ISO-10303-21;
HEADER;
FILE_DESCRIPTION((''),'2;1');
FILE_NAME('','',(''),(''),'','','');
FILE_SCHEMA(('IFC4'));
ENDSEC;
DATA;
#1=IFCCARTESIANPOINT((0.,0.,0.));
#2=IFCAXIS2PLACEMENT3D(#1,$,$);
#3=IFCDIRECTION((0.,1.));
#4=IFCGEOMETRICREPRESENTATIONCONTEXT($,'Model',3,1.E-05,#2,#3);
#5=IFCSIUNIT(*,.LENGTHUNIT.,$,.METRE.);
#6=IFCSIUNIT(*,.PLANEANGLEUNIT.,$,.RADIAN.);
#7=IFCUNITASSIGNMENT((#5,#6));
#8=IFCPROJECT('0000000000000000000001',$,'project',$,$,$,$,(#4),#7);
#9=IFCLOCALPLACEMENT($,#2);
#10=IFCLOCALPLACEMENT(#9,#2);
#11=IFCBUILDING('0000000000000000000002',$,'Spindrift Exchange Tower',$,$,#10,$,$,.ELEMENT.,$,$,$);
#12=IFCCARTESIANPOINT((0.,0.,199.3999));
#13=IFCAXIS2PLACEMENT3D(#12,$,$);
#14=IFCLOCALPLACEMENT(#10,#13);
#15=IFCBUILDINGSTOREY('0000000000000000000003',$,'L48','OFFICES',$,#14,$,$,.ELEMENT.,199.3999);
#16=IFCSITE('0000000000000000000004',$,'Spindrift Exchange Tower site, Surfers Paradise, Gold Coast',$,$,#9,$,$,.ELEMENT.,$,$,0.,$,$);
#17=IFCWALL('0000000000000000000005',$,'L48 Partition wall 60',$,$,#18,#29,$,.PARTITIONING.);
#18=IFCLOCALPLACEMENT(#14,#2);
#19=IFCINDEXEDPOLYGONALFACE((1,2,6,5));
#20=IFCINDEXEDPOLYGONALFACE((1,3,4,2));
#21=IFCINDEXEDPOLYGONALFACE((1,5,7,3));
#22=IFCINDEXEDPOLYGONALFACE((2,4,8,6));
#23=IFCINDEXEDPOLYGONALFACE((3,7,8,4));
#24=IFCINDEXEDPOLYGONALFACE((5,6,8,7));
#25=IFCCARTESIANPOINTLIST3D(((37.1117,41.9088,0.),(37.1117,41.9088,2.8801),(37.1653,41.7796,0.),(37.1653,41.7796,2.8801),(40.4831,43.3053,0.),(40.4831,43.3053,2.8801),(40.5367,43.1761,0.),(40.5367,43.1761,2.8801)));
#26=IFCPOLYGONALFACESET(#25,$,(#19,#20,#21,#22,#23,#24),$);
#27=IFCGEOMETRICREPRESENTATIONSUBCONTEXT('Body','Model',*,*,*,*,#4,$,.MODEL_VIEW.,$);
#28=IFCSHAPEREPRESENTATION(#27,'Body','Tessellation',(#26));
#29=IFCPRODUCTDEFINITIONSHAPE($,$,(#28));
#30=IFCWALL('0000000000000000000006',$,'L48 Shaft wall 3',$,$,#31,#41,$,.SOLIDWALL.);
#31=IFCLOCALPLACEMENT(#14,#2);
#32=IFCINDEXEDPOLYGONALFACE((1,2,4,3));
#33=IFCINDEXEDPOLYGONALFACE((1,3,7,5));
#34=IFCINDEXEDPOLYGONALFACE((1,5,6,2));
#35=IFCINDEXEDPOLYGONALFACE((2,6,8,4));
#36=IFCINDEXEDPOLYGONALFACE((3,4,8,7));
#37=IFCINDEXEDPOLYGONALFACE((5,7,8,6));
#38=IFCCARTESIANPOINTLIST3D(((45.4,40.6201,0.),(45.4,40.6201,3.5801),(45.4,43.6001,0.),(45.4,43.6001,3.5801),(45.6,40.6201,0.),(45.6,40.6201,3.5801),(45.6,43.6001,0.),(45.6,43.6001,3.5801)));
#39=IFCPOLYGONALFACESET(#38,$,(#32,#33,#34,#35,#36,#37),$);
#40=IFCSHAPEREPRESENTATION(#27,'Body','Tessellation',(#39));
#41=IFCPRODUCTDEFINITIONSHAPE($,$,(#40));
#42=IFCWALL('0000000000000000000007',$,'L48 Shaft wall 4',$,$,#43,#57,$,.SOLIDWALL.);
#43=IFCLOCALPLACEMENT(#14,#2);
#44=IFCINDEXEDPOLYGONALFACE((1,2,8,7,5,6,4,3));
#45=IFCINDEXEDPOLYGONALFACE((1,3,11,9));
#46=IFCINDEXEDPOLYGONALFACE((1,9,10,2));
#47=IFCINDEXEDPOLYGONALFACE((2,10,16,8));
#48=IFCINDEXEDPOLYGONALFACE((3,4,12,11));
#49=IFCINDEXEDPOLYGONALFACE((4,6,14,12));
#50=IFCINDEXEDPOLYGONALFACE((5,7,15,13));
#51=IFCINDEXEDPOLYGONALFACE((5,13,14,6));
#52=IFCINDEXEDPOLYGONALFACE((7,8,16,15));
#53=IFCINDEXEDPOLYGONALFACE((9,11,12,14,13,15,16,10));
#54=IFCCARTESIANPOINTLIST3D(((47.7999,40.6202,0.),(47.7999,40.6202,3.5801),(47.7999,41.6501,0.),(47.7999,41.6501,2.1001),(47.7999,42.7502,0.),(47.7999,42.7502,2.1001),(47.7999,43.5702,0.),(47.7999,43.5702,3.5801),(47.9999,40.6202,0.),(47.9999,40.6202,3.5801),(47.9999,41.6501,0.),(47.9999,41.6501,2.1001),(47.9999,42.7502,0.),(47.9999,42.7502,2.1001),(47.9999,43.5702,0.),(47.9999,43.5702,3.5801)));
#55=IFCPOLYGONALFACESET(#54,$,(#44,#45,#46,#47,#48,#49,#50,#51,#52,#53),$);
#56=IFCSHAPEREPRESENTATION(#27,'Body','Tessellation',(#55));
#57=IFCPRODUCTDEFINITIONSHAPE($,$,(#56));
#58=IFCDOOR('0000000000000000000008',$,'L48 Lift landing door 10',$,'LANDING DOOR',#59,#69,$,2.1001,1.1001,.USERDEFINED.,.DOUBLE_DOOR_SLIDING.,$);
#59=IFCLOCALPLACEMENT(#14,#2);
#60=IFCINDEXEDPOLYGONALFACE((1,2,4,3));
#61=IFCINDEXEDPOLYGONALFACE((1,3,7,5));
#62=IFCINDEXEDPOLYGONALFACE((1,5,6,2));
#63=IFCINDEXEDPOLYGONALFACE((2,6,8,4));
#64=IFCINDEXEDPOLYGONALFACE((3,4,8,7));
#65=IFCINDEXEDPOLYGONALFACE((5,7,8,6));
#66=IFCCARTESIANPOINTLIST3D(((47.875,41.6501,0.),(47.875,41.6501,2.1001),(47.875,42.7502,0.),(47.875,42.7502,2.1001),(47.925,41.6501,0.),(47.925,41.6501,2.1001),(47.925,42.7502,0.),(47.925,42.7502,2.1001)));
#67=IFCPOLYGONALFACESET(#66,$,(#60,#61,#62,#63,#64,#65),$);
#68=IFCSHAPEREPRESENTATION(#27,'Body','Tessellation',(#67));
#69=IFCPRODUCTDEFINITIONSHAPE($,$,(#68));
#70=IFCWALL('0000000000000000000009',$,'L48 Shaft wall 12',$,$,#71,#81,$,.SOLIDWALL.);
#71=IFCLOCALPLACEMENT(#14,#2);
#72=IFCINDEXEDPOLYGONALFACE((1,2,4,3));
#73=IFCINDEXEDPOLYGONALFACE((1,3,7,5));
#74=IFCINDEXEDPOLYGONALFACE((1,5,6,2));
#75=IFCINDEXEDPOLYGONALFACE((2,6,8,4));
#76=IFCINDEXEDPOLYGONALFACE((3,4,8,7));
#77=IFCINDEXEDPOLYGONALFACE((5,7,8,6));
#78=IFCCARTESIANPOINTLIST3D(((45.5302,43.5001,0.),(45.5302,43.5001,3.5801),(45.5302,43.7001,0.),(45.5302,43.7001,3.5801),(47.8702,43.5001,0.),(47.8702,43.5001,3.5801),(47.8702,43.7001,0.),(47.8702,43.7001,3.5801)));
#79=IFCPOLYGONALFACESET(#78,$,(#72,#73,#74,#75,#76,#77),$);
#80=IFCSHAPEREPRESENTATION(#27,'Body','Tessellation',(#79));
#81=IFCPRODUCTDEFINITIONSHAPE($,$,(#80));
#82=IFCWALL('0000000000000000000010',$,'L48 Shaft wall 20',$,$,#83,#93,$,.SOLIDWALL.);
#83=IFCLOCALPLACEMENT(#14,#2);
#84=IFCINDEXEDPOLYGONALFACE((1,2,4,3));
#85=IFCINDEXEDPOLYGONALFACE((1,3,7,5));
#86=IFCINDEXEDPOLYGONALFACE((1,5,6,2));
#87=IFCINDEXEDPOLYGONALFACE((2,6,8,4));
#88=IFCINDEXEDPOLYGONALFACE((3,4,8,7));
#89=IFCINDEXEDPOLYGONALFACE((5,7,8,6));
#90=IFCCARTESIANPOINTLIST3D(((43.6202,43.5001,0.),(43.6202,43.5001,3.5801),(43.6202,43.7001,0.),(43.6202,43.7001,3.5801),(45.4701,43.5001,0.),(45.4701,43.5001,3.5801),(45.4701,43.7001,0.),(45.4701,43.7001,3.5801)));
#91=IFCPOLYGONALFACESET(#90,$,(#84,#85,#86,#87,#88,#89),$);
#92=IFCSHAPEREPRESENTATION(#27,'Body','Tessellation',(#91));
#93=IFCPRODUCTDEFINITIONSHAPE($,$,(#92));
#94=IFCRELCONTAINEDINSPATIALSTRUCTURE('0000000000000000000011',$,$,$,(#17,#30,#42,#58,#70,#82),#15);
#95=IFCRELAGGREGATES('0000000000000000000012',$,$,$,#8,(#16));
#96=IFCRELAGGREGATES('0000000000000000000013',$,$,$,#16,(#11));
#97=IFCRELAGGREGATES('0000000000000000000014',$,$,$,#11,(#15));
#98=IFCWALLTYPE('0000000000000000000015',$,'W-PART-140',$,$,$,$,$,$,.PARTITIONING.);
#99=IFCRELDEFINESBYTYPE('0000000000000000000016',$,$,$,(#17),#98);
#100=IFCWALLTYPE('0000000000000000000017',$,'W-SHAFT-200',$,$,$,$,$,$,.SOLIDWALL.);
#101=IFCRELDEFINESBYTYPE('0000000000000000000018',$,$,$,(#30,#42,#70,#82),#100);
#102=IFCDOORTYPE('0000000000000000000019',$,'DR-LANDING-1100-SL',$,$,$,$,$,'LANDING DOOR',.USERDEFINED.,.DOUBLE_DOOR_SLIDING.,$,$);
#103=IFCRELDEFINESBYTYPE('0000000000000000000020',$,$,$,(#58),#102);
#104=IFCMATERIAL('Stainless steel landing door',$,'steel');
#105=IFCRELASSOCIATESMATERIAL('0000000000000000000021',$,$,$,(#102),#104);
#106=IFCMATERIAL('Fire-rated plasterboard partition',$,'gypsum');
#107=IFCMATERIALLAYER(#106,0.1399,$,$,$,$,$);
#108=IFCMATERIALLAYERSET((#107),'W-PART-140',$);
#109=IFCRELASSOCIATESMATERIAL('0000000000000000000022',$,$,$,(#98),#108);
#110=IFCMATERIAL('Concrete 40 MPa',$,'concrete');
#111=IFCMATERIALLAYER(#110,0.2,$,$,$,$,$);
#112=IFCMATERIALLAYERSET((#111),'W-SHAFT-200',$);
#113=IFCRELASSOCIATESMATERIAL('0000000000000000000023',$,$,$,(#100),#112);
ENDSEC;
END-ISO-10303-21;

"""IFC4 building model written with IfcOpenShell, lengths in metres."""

from ifc_helpers import new_model, si_unit, direction, frame, frame_2d, origin, place, context, subcontext, project, spatial, rectangle, extrude, source, transform, mapped, material, layer, layer_set, type_object, element, fill, save


model = new_model("IFC4")

# Units and contexts
model_context = context("Model", 3, precision=1e-05, world=origin(), true_north=direction((0.0, 1.0)))
body_context = subcontext(model_context, "Body", "Model", "MODEL_VIEW")
ifc_project = project(units=[si_unit("LENGTHUNIT", "METRE"), si_unit("PLANEANGLEUNIT", "RADIAN")], contexts=[model_context])

# Site, building, storey
site_placement = place(None, origin())
site = spatial("IfcSite", under=ifc_project, at=site_placement, Name="Spindrift Exchange Tower site, Surfers Paradise, Gold Coast", CompositionType="ELEMENT", RefElevation=0.0)
building_placement = place(site_placement, origin())
building = spatial("IfcBuilding", under=site, at=building_placement, Name="Spindrift Exchange Tower", CompositionType="ELEMENT")
storey_placement = place(building_placement, frame((0.0, 0.0, 199.3999)))
storey = spatial("IfcBuildingStorey", under=building, at=storey_placement, Name="L48", Description="OFFICES", CompositionType="ELEMENT", Elevation=199.3999)

# Shared definitions
ifc_material_1 = material(Name="Stainless steel landing door", Category="steel")
door_type_1 = type_object("IfcDoorType", Name="DR-LANDING-1100-SL", ElementType="LANDING DOOR", OperationType="DOUBLE_DOOR_SLIDING", PredefinedType="USERDEFINED", material=ifc_material_1)
shared_shape_1 = source(origin(), body_context, "Body", "SweptSolid", [
    extrude(rectangle(XDim=1.1001, YDim=2.1001, at=frame_2d((0.55, 1.05))), frame((0.0, 0.0249, 0.0), z_axis=(0.0, -1.0, 0.0), x_axis=(1.0, 0.0, 0.0)), (0.0, 0.0, 1.0), 0.05),
])

# Walls
ifc_material_2 = material(Name="Fire-rated plasterboard partition", Category="gypsum")
ifc_layer_1 = layer(ifc_material_2, 0.1399)
ifc_layer_set_1 = layer_set([ifc_layer_1], Name="W-PART-140")
wall_type_1 = type_object("IfcWallType", Name="W-PART-140", PredefinedType="PARTITIONING", material=ifc_layer_set_1)
wall_1_placement = place(storey_placement, frame((40.51, 43.2407, 0.0), z_axis=(0.0, 0.0, 1.0), x_axis=(-0.923877, -0.382691, 0.0)))
element("IfcWall", 1, at=wall_1_placement, inside=storey, type_object=wall_type_1, Name="L48 Partition wall 60", PredefinedType="PARTITIONING", context=body_context, shape_type="SweptSolid", body=[
    extrude(rectangle(XDim=3.6492, YDim=0.1399, at=frame_2d((1.8247, 0.0))), origin(), (0.0, 0.0, 1.0), 2.8801),
])
ifc_material_3 = material(Name="Concrete 40 MPa", Category="concrete")
ifc_layer_2 = layer(ifc_material_3, 0.2)
ifc_layer_set_2 = layer_set([ifc_layer_2], Name="W-SHAFT-200")
wall_type_2 = type_object("IfcWallType", Name="W-SHAFT-200", PredefinedType="SOLIDWALL", material=ifc_layer_set_2)
wall_2_placement = place(storey_placement, frame((45.5, 43.6001, 0.0), z_axis=(0.0, 0.0, 1.0), x_axis=(0.0, -1.0, 0.0)))
element("IfcWall", 2, at=wall_2_placement, inside=storey, type_object=wall_type_2, Name="L48 Shaft wall 3", PredefinedType="SOLIDWALL", context=body_context, shape_type="SweptSolid", body=[
    extrude(rectangle(XDim=2.98, YDim=0.2, at=frame_2d((1.49, 0.0))), origin(), (0.0, 0.0, 1.0), 3.5801),
])

# Wall, opening, door
wall_3_placement = place(storey_placement, frame((47.8999, 40.6201, 0.0), z_axis=(0.0, 0.0, 1.0), x_axis=(0.0, 1.0, 0.0)))
wall_3 = element("IfcWall", 3, at=wall_3_placement, inside=storey, type_object=wall_type_2, Name="L48 Shaft wall 4", PredefinedType="SOLIDWALL", context=body_context, shape_type="SweptSolid", body=[
    extrude(rectangle(XDim=2.95, YDim=0.2, at=frame_2d((1.4751, 0.0))), origin(), (0.0, 0.0, 1.0), 3.5801),
])
opening_1_placement = place(wall_3_placement, frame((1.03, 0.0, 0.0)))
opening_1 = element("IfcOpeningElement", 4, at=opening_1_placement, cuts=wall_3, PredefinedType="OPENING", context=body_context, shape_type="SweptSolid", body=[
    extrude(rectangle(XDim=1.1001, YDim=2.1001, at=frame_2d((0.55, 1.05))), frame((0.0, 0.1099, 0.0), z_axis=(0.0, -1.0, 0.0), x_axis=(1.0, 0.0, 0.0)), (0.0, 0.0, 1.0), 0.22),
])
door_1_placement = place(opening_1_placement, origin())
door_1 = element("IfcDoor", 5, at=door_1_placement, inside=storey, type_object=door_type_1, Name="L48 Lift landing door 10", ObjectType="LANDING DOOR", OperationType="DOUBLE_DOOR_SLIDING", OverallHeight=2.1001, OverallWidth=1.1001, PredefinedType="USERDEFINED", context=body_context, shape_type="MappedRepresentation", body=[
    mapped(shared_shape_1, transform((0.0, 0.0, 0.0), scale=1.0)),
])
fill(opening_1, door_1)

# Walls
wall_4_placement = place(storey_placement, frame((47.8701, 43.6001, 0.0), z_axis=(0.0, 0.0, 1.0), x_axis=(-1.0, 0.0, 0.0)))
element("IfcWall", 6, at=wall_4_placement, inside=storey, type_object=wall_type_2, Name="L48 Shaft wall 12", PredefinedType="SOLIDWALL", context=body_context, shape_type="SweptSolid", body=[
    extrude(rectangle(XDim=2.3401, YDim=0.2, at=frame_2d((1.1699, 0.0))), origin(), (0.0, 0.0, 1.0), 3.5801),
])
wall_5_placement = place(storey_placement, frame((45.47, 43.6001, 0.0), z_axis=(0.0, 0.0, 1.0), x_axis=(-1.0, 0.0, 0.0)))
element("IfcWall", 7, at=wall_5_placement, inside=storey, type_object=wall_type_2, Name="L48 Shaft wall 20", PredefinedType="SOLIDWALL", context=body_context, shape_type="SweptSolid", body=[
    extrude(rectangle(XDim=1.8499, YDim=0.2, at=frame_2d((0.9248, 0.0))), origin(), (0.0, 0.0, 1.0), 3.5801),
])

save(model, "model.ifc")
